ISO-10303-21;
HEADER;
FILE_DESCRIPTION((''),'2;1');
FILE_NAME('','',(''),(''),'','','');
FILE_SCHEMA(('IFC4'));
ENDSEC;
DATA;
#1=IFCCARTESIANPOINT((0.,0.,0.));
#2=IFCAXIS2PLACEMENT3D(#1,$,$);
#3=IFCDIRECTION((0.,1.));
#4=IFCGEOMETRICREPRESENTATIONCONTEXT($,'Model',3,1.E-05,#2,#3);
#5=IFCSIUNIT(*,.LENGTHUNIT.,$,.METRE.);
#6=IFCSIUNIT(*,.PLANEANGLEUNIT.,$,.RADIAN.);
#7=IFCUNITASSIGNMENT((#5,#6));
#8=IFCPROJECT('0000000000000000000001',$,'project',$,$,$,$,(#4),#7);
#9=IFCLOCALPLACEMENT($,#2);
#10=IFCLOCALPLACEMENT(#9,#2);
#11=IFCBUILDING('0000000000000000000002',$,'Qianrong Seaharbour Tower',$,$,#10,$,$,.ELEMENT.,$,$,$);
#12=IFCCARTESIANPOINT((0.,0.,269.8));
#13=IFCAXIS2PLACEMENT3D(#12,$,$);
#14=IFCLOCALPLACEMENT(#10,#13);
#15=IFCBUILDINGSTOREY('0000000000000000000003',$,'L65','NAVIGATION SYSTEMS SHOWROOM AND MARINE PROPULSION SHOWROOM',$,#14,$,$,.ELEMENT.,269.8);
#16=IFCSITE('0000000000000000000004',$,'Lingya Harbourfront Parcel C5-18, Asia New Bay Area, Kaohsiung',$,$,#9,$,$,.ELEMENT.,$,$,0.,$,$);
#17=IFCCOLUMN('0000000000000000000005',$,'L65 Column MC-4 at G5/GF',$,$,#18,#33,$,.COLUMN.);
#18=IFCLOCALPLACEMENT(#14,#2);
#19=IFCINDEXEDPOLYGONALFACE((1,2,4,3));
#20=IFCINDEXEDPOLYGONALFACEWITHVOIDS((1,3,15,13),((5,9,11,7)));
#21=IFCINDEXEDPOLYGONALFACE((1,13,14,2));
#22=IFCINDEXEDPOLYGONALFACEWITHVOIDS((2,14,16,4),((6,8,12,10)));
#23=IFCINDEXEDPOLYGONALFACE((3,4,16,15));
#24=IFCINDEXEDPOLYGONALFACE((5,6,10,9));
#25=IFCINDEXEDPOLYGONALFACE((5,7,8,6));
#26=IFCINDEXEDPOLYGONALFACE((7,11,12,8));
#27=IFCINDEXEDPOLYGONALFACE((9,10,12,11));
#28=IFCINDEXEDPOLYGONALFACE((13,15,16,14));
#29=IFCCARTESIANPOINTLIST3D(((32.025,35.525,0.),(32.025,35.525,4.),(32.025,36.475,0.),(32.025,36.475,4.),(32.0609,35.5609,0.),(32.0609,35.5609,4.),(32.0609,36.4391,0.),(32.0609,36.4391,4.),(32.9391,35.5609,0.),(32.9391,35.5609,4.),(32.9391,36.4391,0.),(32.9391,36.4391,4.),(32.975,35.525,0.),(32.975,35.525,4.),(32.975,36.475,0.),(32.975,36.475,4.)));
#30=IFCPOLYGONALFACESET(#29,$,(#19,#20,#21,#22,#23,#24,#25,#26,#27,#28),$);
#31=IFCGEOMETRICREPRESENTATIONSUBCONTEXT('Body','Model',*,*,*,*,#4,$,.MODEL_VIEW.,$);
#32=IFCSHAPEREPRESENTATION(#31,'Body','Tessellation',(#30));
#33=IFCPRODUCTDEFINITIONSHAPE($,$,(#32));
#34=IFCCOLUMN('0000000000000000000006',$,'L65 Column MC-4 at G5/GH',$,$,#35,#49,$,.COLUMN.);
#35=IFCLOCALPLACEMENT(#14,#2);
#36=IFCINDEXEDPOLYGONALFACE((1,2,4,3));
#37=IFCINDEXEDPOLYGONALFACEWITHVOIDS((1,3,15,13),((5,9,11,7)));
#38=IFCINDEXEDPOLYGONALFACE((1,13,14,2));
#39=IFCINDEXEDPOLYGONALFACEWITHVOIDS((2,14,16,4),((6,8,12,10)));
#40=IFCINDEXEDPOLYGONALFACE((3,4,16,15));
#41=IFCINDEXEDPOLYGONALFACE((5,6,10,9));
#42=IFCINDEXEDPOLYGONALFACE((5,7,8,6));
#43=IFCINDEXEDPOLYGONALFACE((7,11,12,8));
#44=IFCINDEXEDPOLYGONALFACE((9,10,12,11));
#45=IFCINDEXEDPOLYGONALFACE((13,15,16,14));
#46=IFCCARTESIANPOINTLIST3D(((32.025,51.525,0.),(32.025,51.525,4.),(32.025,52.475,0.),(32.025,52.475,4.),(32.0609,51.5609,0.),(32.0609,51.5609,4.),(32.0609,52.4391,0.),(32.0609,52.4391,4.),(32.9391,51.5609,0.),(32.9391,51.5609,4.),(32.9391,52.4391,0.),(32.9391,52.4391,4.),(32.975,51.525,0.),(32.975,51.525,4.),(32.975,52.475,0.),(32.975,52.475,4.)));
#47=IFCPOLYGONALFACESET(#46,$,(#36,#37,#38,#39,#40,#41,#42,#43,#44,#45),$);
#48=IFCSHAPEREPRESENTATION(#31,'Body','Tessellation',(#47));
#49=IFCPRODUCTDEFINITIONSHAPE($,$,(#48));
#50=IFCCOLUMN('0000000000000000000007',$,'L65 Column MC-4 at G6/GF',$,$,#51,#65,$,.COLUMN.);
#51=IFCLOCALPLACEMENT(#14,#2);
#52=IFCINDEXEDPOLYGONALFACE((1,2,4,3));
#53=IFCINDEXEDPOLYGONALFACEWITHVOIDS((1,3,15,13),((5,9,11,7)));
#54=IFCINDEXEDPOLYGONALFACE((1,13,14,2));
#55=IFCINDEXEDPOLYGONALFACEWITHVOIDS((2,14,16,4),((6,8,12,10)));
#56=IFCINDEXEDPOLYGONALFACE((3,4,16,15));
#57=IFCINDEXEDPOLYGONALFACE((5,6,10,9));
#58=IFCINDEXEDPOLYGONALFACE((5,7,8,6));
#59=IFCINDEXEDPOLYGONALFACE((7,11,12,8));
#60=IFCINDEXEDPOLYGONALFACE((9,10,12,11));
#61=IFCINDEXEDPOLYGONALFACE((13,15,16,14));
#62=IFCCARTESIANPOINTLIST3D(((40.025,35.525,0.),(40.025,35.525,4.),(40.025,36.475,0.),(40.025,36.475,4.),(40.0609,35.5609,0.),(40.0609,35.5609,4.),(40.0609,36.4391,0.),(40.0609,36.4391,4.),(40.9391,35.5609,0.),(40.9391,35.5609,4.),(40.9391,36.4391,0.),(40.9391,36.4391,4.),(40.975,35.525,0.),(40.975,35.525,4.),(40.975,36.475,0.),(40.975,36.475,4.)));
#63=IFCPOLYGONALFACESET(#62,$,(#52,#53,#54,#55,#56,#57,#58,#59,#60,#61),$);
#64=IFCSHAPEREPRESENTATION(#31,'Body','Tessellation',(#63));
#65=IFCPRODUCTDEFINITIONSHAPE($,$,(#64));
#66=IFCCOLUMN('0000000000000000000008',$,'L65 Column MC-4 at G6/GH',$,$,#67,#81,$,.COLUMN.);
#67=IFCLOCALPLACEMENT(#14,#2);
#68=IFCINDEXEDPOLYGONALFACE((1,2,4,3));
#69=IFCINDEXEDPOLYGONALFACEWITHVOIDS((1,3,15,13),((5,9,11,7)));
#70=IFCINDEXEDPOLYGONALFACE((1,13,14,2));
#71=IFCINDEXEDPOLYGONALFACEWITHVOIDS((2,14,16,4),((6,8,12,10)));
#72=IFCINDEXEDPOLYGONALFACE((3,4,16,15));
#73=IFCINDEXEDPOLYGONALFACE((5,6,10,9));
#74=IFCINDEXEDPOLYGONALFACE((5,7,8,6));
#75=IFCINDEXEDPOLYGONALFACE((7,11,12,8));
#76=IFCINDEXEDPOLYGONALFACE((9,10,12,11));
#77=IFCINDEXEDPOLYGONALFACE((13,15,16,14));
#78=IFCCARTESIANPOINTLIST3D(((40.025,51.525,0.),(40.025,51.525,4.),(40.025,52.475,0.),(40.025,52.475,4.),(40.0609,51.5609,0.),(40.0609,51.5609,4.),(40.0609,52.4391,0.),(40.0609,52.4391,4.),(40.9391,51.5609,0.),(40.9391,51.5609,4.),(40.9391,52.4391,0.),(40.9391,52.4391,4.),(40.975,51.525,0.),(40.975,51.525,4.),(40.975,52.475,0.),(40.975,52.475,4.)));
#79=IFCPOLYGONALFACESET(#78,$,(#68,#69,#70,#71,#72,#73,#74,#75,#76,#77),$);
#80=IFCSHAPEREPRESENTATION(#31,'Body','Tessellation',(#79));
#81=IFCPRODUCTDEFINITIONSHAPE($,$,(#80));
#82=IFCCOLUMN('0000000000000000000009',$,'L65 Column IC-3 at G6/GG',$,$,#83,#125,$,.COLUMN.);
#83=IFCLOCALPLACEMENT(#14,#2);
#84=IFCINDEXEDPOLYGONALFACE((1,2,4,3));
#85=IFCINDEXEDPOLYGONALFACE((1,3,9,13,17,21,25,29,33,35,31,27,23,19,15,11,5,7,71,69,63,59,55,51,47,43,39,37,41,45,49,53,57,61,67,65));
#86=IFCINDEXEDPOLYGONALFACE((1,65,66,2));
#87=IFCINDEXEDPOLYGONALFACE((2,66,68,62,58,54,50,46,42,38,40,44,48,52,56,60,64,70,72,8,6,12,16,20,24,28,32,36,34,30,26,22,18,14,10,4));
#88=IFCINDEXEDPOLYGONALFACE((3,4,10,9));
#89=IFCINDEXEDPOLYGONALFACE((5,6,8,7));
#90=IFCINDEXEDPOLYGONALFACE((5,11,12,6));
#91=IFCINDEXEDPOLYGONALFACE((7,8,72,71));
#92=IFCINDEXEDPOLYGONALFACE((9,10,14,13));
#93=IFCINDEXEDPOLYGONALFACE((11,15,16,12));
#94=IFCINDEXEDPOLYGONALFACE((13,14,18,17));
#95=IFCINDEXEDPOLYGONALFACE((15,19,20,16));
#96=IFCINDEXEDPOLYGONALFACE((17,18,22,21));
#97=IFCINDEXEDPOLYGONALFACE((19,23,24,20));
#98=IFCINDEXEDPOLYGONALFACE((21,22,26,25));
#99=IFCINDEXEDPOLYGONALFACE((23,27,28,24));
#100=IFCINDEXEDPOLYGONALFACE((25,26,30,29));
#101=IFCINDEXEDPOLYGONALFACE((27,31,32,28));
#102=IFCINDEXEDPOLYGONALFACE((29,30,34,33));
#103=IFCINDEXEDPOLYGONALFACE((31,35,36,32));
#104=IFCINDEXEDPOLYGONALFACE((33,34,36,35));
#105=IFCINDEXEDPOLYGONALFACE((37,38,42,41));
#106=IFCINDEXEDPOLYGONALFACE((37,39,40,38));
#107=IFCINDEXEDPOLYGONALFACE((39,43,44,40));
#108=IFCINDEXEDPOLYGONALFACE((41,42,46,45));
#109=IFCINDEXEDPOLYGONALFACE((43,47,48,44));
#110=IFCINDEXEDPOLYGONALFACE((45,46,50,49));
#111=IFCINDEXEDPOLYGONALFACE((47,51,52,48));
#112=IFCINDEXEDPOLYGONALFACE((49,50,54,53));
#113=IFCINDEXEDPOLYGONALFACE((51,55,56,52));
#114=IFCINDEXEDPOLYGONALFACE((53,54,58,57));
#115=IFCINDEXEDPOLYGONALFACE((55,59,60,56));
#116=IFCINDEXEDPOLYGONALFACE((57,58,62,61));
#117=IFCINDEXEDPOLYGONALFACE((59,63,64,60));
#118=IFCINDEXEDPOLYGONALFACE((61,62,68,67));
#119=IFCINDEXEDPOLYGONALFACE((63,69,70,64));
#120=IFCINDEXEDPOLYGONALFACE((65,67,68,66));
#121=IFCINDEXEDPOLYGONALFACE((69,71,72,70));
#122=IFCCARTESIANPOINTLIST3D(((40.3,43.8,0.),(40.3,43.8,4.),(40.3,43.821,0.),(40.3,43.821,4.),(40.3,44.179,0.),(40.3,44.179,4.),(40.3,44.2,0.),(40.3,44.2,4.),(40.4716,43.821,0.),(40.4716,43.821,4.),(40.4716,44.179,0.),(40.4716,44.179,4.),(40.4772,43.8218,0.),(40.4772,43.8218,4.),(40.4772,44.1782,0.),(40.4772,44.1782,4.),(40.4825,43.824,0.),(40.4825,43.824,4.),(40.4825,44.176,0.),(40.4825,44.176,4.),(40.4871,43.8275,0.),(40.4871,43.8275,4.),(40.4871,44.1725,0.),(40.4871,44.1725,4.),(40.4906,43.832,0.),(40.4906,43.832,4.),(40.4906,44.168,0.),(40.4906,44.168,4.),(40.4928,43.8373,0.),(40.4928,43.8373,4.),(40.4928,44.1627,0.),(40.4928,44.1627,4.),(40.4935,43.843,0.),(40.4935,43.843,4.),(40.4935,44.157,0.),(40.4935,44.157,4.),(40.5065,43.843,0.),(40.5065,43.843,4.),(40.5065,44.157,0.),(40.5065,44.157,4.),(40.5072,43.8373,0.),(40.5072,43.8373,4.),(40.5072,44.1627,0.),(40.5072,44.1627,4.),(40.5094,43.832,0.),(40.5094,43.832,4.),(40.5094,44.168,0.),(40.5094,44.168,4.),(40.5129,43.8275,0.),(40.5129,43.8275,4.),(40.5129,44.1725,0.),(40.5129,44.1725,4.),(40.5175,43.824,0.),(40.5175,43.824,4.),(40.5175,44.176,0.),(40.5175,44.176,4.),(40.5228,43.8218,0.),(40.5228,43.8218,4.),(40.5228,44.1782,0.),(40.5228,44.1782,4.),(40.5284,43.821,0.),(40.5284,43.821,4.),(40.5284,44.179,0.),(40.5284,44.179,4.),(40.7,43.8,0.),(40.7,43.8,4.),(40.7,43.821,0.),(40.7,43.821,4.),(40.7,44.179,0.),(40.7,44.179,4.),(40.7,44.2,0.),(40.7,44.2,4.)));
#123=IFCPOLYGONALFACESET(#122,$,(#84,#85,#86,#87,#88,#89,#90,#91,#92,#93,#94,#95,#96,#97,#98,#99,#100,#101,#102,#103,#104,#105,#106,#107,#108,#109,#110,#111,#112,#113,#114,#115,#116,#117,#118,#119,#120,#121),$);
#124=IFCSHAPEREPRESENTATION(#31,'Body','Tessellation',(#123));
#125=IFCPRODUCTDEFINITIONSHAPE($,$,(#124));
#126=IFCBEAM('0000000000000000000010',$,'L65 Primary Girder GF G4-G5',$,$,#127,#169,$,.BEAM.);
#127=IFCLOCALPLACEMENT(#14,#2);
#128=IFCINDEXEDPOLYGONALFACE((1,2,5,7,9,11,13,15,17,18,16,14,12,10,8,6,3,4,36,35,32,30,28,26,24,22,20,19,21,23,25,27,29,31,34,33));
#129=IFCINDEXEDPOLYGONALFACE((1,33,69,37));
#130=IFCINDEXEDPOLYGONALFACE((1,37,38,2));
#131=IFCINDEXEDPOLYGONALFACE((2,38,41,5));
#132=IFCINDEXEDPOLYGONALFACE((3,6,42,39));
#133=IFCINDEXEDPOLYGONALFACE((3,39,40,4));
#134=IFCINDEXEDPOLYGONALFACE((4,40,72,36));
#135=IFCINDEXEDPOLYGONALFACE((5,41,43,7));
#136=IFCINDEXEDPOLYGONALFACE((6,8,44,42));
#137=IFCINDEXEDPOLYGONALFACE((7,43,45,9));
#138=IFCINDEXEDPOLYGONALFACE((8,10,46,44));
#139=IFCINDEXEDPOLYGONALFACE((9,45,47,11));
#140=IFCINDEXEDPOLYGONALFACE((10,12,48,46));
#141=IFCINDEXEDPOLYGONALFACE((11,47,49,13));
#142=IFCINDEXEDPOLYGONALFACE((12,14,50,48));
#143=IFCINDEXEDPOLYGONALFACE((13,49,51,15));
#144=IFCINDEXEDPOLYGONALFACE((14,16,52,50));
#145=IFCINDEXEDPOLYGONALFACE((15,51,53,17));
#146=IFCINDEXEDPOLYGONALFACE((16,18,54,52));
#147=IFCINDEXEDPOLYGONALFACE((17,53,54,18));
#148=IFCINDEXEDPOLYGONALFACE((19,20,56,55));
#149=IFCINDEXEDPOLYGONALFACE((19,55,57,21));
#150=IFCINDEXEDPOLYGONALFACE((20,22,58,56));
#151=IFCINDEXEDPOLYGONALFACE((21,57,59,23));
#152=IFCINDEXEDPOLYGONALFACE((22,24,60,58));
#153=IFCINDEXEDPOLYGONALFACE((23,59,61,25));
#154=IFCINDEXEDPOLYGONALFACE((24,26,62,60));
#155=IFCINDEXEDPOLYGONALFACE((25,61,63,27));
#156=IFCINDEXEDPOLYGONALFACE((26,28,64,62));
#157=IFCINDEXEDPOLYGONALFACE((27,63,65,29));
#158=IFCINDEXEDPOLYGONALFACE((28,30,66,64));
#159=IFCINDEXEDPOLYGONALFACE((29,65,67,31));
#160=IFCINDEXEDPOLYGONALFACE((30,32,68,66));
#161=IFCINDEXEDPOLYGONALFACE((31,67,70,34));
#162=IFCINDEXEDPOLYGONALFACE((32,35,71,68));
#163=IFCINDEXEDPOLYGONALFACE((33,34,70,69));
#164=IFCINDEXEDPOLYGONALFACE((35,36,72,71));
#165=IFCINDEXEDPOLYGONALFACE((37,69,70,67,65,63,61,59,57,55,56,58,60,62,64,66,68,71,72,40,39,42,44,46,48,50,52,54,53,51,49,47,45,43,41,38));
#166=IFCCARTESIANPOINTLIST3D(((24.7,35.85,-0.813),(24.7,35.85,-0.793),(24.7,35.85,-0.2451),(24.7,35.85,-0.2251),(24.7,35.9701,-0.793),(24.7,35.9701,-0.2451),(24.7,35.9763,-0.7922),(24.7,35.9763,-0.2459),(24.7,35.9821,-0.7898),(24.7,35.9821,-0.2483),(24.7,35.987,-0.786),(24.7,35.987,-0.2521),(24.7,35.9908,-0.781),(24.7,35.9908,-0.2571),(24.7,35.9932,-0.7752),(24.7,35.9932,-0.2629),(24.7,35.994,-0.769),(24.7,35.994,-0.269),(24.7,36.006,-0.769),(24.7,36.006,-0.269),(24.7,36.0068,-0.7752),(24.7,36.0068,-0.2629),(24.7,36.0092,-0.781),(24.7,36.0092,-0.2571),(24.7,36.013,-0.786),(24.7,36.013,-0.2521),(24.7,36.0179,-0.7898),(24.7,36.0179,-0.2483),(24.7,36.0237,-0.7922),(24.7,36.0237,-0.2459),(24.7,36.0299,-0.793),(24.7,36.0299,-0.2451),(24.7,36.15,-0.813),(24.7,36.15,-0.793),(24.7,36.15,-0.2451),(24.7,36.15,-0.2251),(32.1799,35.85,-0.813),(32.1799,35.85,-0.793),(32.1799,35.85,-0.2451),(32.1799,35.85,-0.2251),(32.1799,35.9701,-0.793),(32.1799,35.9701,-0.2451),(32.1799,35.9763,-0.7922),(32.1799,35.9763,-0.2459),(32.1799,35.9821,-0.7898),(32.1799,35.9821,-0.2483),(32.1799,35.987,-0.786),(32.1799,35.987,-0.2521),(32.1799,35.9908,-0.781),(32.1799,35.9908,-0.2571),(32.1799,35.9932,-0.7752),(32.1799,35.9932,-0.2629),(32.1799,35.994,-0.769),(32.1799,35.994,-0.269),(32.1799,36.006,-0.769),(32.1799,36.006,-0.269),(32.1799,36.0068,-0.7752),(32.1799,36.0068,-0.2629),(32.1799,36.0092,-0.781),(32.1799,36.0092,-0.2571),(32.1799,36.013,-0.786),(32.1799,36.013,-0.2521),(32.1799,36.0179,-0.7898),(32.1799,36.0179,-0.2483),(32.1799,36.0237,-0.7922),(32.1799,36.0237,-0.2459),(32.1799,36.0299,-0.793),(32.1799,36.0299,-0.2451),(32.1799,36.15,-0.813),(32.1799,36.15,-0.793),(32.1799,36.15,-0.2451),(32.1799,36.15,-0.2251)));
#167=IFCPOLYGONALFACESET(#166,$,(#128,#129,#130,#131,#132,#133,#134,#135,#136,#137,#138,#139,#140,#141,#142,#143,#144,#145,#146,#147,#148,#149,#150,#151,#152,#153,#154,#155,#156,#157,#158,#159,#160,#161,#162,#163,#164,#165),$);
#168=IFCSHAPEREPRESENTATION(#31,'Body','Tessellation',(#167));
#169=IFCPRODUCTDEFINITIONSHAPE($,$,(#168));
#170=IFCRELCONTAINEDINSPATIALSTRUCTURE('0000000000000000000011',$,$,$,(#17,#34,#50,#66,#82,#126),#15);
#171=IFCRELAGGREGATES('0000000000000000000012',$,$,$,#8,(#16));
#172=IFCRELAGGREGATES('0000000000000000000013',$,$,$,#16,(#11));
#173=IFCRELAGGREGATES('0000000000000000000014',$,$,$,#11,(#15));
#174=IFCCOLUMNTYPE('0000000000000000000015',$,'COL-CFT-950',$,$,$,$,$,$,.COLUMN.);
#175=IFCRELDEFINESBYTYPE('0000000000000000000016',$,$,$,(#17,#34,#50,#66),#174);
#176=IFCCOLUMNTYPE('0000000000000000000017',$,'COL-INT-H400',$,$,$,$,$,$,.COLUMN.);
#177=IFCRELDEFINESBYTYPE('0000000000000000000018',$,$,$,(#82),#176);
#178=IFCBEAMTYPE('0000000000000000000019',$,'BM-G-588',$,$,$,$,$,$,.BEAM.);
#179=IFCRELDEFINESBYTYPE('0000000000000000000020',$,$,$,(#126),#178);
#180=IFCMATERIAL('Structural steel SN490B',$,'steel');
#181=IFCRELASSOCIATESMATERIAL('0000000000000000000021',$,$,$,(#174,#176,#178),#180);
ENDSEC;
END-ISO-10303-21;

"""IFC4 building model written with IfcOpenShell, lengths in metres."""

from ifc_helpers import new_model, si_unit, direction, frame, origin, origin_2d, place, context, subcontext, project, spatial, hollow_rectangle, i_section, extrude, material, material_profile, profile_set, type_object, element, save


model = new_model("IFC4")

# Units and contexts
model_context = context("Model", 3, precision=1e-05, world=origin(), true_north=direction((0.0, 1.0)))
body_context = subcontext(model_context, "Body", "Model", "MODEL_VIEW")
ifc_project = project(units=[si_unit("LENGTHUNIT", "METRE"), si_unit("PLANEANGLEUNIT", "RADIAN")], contexts=[model_context])

# Site, building, storey
site_placement = place(None, origin())
site = spatial("IfcSite", under=ifc_project, at=site_placement, Name="Lingya Harbourfront Parcel C5-18, Asia New Bay Area, Kaohsiung", CompositionType="ELEMENT", RefElevation=0.0)
building_placement = place(site_placement, origin())
building = spatial("IfcBuilding", under=site, at=building_placement, Name="Qianrong Seaharbour Tower", CompositionType="ELEMENT")
storey_placement = place(building_placement, frame((0.0, 0.0, 269.8)))
storey = spatial("IfcBuildingStorey", under=building, at=storey_placement, Name="L65", Description="NAVIGATION SYSTEMS SHOWROOM AND MARINE PROPULSION SHOWROOM", CompositionType="ELEMENT", Elevation=269.8)

# Columns
ifc_material_1 = material(Name="Structural steel SN490B", Category="steel")
ifc_material_profile_1 = material_profile(ifc_material_1, hollow_rectangle(XDim=0.95, YDim=0.95, WallThickness=0.0359, at=origin_2d()), Name="BOX950x950x36")
ifc_profile_set_1 = profile_set([ifc_material_profile_1], Name="Structural steel SN490B")
column_type_1 = type_object("IfcColumnType", Name="COL-CFT-950", PredefinedType="COLUMN", material=ifc_profile_set_1)
for number, where, z_axis, x_axis, name in (
    (1, (32.5, 36.0, 0.0), (0.0, 0.0, 1.0), (1.0, 0.0, 0.0), "L65 Column MC-4 at G5/GF"),
    (2, (32.5, 52.0, 0.0), (0.0, 0.0, 1.0), (1.0, 0.0, 0.0), "L65 Column MC-4 at G5/GH"),
    (3, (40.5, 36.0, 0.0), (0.0, 0.0, 1.0), (1.0, 0.0, 0.0), "L65 Column MC-4 at G6/GF"),
    (4, (40.5, 52.0, 0.0), (0.0, 0.0, 1.0), (1.0, 0.0, 0.0), "L65 Column MC-4 at G6/GH"),
):
    element("IfcColumn", number, at=place(storey_placement, frame(where, z_axis=z_axis, x_axis=x_axis)), inside=storey, type_object=column_type_1, Name=name, PredefinedType="COLUMN", context=body_context, shape_type="SweptSolid", body=[
        extrude(hollow_rectangle(XDim=0.95, YDim=0.95, WallThickness=0.0359, at=origin_2d()), origin(), (0.0, 0.0, 1.0), 4.0),
    ])
ifc_material_profile_2 = material_profile(ifc_material_1, i_section(OverallWidth=0.3999, OverallDepth=0.3999, WebThickness=0.0129, FlangeThickness=0.021, FilletRadius=0.022, at=origin_2d()), Name="H400x400x13x21")
ifc_profile_set_2 = profile_set([ifc_material_profile_2], Name="Structural steel SN490B")
column_type_2 = type_object("IfcColumnType", Name="COL-INT-H400", PredefinedType="COLUMN", material=ifc_profile_set_2)
column_placement = place(storey_placement, frame((40.5, 44.0, 0.0), z_axis=(0.0, 0.0, 1.0), x_axis=(1.0, 0.0, 0.0)))
element("IfcColumn", 5, at=column_placement, inside=storey, type_object=column_type_2, Name="L65 Column IC-3 at G6/GG", PredefinedType="COLUMN", context=body_context, shape_type="SweptSolid", body=[
    extrude(i_section(OverallWidth=0.3999, OverallDepth=0.3999, WebThickness=0.0129, FlangeThickness=0.021, FilletRadius=0.022, at=origin_2d()), origin(), (0.0, 0.0, 1.0), 4.0),
])

# Beam
ifc_material_profile_3 = material_profile(ifc_material_1, i_section(OverallWidth=0.3, OverallDepth=0.5879, WebThickness=0.012, FlangeThickness=0.02, FilletRadius=0.0239, at=origin_2d()), Name="H588x300x12x20")
ifc_profile_set_3 = profile_set([ifc_material_profile_3], Name="Structural steel SN490B")
beam_type_1 = type_object("IfcBeamType", Name="BM-G-588", PredefinedType="BEAM", material=ifc_profile_set_3)
beam_1_placement = place(storey_placement, frame((24.7, 36.0, -0.519), z_axis=(1.0, 0.0, 0.0), x_axis=(0.0, 1.0, 0.0)))
element("IfcBeam", 6, at=beam_1_placement, inside=storey, type_object=beam_type_1, Name="L65 Primary Girder GF G4-G5", PredefinedType="BEAM", context=body_context, shape_type="SweptSolid", body=[
    extrude(i_section(OverallWidth=0.3, OverallDepth=0.5879, WebThickness=0.012, FlangeThickness=0.02, FilletRadius=0.0239, at=origin_2d()), origin(), (0.0, 0.0, 1.0), 7.48),
])

save(model, "model.ifc")
